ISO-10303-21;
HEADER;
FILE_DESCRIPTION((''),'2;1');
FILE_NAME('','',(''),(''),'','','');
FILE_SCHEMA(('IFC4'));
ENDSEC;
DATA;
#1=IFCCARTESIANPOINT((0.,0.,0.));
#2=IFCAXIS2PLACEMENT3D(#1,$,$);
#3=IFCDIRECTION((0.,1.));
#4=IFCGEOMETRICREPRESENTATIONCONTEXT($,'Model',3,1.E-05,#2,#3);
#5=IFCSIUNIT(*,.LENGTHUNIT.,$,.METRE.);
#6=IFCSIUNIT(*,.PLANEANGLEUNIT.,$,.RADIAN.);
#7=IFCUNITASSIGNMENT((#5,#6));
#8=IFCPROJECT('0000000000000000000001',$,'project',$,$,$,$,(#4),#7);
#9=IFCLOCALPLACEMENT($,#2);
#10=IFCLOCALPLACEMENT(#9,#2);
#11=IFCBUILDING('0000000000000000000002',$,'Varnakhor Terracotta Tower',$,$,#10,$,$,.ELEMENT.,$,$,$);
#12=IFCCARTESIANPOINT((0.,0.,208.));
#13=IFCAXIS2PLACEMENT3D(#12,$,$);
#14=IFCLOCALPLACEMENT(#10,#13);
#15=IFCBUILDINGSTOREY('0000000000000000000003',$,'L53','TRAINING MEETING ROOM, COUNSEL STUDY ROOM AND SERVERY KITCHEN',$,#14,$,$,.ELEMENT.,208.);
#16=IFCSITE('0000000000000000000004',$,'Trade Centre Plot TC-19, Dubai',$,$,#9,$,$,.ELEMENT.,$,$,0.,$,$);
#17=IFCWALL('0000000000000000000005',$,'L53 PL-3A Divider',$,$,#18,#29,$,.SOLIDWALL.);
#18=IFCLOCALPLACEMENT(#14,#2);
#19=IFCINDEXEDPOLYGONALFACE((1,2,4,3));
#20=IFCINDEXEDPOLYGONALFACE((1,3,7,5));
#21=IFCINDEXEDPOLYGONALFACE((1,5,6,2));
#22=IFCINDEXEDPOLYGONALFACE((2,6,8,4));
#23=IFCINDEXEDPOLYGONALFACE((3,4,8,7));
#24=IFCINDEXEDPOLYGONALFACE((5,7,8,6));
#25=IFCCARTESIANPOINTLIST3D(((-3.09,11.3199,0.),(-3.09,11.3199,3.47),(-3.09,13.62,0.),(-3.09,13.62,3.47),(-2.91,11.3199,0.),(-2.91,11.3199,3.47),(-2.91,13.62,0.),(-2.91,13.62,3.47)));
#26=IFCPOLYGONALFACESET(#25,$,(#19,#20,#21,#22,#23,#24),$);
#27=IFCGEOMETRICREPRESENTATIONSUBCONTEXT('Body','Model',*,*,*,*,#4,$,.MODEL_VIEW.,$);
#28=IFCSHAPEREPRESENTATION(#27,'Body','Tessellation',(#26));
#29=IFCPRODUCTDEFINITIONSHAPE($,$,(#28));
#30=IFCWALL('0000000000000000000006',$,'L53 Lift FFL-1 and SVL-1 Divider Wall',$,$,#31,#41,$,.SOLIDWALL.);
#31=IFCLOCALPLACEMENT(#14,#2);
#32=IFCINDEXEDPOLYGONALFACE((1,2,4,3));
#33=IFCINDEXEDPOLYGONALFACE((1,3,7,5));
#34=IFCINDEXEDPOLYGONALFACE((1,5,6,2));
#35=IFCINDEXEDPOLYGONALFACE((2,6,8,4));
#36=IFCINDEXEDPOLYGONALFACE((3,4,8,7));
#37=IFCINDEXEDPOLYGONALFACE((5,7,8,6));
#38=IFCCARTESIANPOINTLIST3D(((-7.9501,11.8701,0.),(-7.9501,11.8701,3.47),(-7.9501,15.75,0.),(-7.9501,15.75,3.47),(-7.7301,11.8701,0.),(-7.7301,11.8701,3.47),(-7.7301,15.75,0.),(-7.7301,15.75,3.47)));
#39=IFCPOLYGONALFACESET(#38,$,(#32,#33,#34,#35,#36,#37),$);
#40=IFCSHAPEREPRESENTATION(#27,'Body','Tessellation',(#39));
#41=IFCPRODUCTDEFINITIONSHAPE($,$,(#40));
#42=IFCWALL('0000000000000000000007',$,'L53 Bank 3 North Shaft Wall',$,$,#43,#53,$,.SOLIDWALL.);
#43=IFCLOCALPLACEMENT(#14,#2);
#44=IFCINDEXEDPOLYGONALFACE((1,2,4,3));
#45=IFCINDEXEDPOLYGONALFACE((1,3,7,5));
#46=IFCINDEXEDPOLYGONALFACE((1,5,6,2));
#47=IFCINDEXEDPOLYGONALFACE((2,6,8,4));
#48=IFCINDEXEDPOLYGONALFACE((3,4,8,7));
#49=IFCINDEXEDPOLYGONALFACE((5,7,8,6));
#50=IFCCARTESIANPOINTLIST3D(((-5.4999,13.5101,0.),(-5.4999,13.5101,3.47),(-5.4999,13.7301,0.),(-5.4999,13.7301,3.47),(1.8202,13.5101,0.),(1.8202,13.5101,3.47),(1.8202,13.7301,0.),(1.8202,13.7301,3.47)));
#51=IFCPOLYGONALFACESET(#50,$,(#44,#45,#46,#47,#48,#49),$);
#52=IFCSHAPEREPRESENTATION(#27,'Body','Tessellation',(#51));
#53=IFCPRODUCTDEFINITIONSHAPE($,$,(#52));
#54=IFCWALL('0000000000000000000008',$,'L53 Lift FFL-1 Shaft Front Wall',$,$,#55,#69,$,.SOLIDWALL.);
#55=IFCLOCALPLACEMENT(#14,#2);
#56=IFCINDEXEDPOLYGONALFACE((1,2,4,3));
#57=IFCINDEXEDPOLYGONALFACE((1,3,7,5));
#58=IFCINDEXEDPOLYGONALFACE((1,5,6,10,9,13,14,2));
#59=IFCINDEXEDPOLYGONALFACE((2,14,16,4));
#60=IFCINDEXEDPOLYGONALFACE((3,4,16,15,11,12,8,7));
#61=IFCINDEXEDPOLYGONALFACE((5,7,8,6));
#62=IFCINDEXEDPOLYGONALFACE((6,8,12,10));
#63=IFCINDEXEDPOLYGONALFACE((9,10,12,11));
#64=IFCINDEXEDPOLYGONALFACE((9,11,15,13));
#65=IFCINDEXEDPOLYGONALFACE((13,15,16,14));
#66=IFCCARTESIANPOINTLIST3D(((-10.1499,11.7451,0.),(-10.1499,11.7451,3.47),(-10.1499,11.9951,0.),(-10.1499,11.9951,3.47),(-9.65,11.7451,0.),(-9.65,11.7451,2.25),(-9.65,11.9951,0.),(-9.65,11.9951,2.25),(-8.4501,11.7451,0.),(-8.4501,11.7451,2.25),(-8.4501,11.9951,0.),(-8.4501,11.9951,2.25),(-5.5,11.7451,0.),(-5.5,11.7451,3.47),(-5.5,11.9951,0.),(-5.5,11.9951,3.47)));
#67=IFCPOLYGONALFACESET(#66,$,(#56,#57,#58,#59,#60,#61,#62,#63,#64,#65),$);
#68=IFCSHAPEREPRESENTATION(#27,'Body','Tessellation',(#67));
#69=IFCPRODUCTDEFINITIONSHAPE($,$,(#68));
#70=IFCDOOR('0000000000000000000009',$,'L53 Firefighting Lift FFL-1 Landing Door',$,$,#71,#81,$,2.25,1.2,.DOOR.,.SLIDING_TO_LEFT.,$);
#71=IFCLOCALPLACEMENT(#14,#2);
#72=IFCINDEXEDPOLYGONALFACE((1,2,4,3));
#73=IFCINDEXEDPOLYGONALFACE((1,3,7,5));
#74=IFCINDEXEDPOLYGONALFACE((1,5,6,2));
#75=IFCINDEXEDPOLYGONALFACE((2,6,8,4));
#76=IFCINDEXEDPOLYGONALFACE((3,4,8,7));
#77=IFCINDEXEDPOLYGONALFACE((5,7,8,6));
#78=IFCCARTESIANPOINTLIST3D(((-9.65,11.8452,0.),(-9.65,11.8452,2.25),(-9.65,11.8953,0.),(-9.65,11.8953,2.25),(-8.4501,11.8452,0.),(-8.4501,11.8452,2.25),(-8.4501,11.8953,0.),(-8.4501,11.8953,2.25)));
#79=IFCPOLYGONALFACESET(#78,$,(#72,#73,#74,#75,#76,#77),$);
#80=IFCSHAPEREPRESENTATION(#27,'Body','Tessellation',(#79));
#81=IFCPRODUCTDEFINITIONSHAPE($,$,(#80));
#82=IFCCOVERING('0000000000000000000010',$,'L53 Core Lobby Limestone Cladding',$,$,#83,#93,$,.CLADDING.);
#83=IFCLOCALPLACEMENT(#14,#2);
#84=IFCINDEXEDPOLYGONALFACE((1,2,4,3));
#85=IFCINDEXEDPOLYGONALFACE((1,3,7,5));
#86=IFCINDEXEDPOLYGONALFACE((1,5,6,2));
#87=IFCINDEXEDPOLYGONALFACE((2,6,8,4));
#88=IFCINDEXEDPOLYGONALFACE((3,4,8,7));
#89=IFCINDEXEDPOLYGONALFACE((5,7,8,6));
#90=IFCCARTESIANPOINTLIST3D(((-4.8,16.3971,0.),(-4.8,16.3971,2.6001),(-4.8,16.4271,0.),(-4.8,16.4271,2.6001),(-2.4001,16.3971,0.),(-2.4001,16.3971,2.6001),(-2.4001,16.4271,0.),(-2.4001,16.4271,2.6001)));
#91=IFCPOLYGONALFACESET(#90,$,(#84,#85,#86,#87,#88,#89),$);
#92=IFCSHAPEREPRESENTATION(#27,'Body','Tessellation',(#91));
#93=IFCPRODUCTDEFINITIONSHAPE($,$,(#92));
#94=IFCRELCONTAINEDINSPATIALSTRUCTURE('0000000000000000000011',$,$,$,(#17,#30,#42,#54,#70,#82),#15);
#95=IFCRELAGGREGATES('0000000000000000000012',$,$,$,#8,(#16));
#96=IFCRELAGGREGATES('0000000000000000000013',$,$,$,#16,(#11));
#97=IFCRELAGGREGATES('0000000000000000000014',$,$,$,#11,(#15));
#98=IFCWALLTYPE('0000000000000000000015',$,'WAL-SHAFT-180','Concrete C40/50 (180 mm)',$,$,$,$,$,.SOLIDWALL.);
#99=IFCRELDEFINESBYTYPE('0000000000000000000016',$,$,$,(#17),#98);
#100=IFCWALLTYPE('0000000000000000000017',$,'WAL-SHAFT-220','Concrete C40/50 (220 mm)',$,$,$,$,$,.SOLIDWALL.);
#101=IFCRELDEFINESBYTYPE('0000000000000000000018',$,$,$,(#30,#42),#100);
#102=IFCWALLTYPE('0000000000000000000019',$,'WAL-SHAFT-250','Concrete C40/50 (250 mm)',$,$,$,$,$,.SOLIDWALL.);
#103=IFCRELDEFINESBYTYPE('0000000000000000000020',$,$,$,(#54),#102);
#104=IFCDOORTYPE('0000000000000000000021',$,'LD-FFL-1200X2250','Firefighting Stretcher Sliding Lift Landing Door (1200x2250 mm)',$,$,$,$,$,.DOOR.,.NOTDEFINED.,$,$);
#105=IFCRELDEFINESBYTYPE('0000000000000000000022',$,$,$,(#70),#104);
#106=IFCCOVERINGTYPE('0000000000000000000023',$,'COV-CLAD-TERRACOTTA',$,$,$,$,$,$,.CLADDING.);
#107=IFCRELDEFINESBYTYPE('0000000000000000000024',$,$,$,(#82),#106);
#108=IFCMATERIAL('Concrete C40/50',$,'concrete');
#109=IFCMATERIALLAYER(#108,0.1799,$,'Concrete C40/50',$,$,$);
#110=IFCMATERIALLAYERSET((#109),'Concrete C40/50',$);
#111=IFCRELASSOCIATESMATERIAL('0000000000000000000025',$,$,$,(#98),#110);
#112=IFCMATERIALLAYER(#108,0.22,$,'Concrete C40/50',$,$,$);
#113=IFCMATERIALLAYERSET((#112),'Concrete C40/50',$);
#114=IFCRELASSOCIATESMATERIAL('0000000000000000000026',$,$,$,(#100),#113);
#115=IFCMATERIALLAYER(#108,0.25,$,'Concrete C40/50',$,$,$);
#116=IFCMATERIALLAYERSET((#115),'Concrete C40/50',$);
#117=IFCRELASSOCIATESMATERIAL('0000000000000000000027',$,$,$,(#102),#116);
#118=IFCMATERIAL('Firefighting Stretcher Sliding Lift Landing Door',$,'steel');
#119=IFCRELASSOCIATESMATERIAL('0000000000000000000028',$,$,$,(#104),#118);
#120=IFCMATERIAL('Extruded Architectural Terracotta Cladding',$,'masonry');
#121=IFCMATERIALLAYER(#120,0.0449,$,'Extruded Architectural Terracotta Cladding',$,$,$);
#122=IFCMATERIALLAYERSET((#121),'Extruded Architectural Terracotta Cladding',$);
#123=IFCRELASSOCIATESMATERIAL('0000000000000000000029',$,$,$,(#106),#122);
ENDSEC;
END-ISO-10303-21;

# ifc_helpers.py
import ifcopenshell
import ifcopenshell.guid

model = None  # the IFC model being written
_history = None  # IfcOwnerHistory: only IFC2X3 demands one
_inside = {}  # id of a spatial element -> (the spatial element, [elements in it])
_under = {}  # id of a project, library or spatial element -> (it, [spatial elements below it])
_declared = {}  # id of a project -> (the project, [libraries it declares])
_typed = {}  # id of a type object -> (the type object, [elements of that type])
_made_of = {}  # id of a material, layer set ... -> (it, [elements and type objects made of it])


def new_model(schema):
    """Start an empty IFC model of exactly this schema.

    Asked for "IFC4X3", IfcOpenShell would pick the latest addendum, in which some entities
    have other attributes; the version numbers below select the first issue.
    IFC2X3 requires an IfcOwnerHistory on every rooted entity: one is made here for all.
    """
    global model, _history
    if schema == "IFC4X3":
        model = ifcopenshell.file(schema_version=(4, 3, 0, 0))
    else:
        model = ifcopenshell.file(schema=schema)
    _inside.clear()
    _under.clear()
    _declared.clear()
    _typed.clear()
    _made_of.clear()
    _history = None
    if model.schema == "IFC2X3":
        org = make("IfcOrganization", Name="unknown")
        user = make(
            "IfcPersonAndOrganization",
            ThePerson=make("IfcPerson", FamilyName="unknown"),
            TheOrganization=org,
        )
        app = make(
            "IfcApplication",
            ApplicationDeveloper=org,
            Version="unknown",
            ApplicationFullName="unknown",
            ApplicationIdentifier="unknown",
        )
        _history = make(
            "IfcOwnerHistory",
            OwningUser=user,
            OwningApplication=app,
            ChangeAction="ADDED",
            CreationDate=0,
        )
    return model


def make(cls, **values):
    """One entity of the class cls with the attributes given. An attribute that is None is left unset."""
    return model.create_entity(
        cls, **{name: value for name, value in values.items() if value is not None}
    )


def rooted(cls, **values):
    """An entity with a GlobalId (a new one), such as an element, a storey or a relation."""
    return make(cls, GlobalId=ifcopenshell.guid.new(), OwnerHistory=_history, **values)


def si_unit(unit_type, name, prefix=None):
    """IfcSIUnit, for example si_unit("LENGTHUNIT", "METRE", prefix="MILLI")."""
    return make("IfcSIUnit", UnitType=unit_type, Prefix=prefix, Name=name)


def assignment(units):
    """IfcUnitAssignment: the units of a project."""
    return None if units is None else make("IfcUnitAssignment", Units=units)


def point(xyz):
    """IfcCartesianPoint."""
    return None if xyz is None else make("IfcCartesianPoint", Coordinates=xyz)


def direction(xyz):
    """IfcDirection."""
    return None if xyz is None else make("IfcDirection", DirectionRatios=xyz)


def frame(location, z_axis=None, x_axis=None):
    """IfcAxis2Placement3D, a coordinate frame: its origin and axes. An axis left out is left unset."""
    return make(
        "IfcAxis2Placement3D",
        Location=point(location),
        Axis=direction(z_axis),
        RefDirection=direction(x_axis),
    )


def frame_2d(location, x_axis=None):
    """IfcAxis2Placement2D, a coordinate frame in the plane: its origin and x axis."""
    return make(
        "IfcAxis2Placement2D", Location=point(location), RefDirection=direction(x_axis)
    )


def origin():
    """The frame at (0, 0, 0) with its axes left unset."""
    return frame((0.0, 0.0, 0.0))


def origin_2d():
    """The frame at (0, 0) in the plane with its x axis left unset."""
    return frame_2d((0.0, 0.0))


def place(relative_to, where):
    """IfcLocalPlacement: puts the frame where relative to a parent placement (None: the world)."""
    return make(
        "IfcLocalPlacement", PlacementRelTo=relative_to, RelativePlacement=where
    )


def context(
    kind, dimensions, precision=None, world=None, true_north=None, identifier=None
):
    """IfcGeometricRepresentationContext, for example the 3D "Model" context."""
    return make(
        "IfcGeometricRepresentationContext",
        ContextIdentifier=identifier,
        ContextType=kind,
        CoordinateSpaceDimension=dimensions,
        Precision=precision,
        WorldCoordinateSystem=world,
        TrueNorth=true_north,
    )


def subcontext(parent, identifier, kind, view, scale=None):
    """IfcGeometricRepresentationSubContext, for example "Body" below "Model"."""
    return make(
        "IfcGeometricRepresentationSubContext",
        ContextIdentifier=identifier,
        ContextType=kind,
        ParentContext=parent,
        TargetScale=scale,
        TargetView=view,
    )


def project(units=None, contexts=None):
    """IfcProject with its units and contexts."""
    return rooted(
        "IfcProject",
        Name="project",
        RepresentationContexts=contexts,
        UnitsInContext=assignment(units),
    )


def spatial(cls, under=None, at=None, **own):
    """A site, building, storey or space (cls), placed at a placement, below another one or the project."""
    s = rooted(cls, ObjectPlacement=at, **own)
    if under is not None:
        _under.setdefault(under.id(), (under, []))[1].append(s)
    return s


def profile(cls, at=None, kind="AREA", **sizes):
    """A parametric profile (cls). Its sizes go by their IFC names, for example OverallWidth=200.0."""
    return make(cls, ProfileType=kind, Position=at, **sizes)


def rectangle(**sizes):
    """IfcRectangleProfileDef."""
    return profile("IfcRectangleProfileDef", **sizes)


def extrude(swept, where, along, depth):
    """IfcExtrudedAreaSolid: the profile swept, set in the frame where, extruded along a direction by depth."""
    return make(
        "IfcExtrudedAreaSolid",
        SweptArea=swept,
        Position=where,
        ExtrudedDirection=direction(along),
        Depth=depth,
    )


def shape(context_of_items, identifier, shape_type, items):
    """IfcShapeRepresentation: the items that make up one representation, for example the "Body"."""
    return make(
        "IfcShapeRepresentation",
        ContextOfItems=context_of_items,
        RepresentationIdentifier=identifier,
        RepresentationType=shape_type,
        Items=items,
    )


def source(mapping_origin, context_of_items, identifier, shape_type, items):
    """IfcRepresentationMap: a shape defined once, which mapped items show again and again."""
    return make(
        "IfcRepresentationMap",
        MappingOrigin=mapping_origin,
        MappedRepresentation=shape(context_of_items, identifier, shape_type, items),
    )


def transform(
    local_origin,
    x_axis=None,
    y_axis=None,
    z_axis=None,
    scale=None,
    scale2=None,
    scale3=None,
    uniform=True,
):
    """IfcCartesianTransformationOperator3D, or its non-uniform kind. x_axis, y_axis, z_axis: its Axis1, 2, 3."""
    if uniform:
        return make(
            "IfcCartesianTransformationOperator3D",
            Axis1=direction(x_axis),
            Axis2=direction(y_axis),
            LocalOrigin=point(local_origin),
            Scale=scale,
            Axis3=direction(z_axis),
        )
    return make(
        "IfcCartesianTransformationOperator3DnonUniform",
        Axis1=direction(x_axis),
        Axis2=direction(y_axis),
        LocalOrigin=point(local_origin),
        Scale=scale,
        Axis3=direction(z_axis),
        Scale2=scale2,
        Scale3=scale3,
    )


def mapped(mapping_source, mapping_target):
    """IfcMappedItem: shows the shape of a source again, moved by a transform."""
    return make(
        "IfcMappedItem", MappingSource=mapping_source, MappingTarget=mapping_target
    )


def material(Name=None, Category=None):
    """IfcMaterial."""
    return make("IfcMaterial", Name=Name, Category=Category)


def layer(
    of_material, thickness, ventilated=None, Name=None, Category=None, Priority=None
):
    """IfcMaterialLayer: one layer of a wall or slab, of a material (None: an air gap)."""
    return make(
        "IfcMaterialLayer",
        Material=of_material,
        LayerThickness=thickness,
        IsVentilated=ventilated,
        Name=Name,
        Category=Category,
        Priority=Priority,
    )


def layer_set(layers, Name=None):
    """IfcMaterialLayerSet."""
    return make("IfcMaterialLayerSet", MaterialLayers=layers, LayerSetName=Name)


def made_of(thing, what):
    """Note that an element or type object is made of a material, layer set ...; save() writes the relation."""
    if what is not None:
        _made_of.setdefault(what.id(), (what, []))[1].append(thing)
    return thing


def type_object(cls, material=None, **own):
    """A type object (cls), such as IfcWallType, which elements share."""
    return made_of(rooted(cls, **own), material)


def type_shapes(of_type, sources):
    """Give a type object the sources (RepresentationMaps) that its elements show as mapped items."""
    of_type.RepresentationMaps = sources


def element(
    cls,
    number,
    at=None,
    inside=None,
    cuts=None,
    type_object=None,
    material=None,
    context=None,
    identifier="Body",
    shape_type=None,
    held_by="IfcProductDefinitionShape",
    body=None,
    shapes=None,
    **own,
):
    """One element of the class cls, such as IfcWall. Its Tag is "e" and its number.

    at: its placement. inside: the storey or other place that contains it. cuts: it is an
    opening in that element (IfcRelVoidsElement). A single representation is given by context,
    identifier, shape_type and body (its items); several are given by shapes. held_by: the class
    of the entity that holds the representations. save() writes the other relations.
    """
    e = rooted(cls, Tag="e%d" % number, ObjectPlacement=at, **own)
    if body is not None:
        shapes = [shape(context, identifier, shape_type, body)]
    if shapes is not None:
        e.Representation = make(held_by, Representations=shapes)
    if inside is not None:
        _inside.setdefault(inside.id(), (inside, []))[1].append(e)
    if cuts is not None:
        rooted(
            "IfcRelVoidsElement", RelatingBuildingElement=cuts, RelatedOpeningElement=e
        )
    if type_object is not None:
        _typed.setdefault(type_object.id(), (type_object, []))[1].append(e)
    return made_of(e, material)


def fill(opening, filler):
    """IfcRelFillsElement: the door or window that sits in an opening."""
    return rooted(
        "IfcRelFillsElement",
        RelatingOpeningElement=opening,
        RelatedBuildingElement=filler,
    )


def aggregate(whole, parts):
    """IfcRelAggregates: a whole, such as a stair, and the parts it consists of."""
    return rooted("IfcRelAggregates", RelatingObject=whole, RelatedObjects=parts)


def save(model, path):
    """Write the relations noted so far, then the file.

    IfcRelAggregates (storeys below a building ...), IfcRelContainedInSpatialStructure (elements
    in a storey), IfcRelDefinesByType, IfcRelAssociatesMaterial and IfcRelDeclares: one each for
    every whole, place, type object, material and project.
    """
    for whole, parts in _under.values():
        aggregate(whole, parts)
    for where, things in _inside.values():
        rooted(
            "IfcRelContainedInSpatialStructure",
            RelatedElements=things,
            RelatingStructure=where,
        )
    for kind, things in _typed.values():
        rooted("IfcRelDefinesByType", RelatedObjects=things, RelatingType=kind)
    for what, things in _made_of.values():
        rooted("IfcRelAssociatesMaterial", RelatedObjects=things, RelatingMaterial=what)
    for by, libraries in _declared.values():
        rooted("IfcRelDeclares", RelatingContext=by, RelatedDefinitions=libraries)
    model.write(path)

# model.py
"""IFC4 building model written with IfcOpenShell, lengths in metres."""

from ifc_helpers import new_model, si_unit, direction, frame, frame_2d, origin, origin_2d, place, context, subcontext, project, spatial, rectangle, extrude, source, transform, mapped, material, layer, layer_set, type_object, type_shapes, element, fill, save


model = new_model("IFC4")

# Units and contexts
model_context = context("Model", 3, precision=1e-05, world=origin(), true_north=direction((0.0, 1.0)))
body_context = subcontext(model_context, "Body", "Model", "MODEL_VIEW")
ifc_project = project(units=[si_unit("LENGTHUNIT", "METRE"), si_unit("PLANEANGLEUNIT", "RADIAN")], contexts=[model_context])

# Site, building, storey
site_placement = place(None, origin())
site = spatial("IfcSite", under=ifc_project, at=site_placement, Name="Trade Centre Plot TC-19, Dubai", CompositionType="ELEMENT", RefElevation=0.0)
building_placement = place(site_placement, origin())
building = spatial("IfcBuilding", under=site, at=building_placement, Name="Varnakhor Terracotta Tower", CompositionType="ELEMENT")
storey_placement = place(building_placement, frame((0.0, 0.0, 208.0)))
storey = spatial("IfcBuildingStorey", under=building, at=storey_placement, Name="L53", Description="TRAINING MEETING ROOM, COUNSEL STUDY ROOM AND SERVERY KITCHEN", CompositionType="ELEMENT", Elevation=208.0)

# Walls
ifc_material_1 = material(Name="Concrete C40/50", Category="concrete")
ifc_layer_1 = layer(ifc_material_1, 0.1799, Name="Concrete C40/50")
ifc_layer_set_1 = layer_set([ifc_layer_1], Name="Concrete C40/50")
wall_type_1 = type_object("IfcWallType", Name="WAL-SHAFT-180", Description="Concrete C40/50 (180 mm)", PredefinedType="SOLIDWALL", material=ifc_layer_set_1)
wall_1_placement = place(storey_placement, frame((-3.0, 11.3201, 0.0), z_axis=(0.0, 0.0, 1.0), x_axis=(0.0, 1.0, 0.0)))
element("IfcWall", 1, at=wall_1_placement, inside=storey, type_object=wall_type_1, Name="L53 PL-3A Divider", PredefinedType="SOLIDWALL", context=body_context, shape_type="SweptSolid", body=[
    extrude(rectangle(XDim=2.3, YDim=0.1799, at=frame_2d((1.1499, 0.0))), origin(), (0.0, 0.0, 1.0), 3.47),
])
ifc_layer_2 = layer(ifc_material_1, 0.22, Name="Concrete C40/50")
ifc_layer_set_2 = layer_set([ifc_layer_2], Name="Concrete C40/50")
wall_type_2 = type_object("IfcWallType", Name="WAL-SHAFT-220", Description="Concrete C40/50 (220 mm)", PredefinedType="SOLIDWALL", material=ifc_layer_set_2)
wall_2_placement = place(storey_placement, frame((-7.8401, 11.8701, 0.0), z_axis=(0.0, 0.0, 1.0), x_axis=(0.0, 1.0, 0.0)))
element("IfcWall", 2, at=wall_2_placement, inside=storey, type_object=wall_type_2, Name="L53 Lift FFL-1 and SVL-1 Divider Wall", PredefinedType="SOLIDWALL", context=body_context, shape_type="SweptSolid", body=[
    extrude(rectangle(XDim=3.8799, YDim=0.22, at=frame_2d((1.9399, 0.0))), origin(), (0.0, 0.0, 1.0), 3.47),
])
wall_3_placement = place(storey_placement, frame((-5.5, 13.6201, 0.0), z_axis=(0.0, 0.0, 1.0), x_axis=(1.0, 0.0, 0.0)))
element("IfcWall", 3, at=wall_3_placement, inside=storey, type_object=wall_type_2, Name="L53 Bank 3 North Shaft Wall", PredefinedType="SOLIDWALL", context=body_context, shape_type="SweptSolid", body=[
    extrude(rectangle(XDim=7.3201, YDim=0.22, at=frame_2d((3.6602, 0.0))), origin(), (0.0, 0.0, 1.0), 3.47),
])

# Wall, opening, door
ifc_layer_3 = layer(ifc_material_1, 0.25, Name="Concrete C40/50")
ifc_layer_set_3 = layer_set([ifc_layer_3], Name="Concrete C40/50")
wall_type_3 = type_object("IfcWallType", Name="WAL-SHAFT-250", Description="Concrete C40/50 (250 mm)", PredefinedType="SOLIDWALL", material=ifc_layer_set_3)
wall_4_placement = place(storey_placement, frame((-5.5, 11.8701, 0.0), z_axis=(0.0, 0.0, 1.0), x_axis=(-1.0, 0.0, 0.0)))
wall_4 = element("IfcWall", 4, at=wall_4_placement, inside=storey, type_object=wall_type_3, Name="L53 Lift FFL-1 Shaft Front Wall", PredefinedType="SOLIDWALL", context=body_context, shape_type="SweptSolid", body=[
    extrude(rectangle(XDim=4.6499, YDim=0.25, at=frame_2d((2.325, 0.0))), origin(), (0.0, 0.0, 1.0), 3.47),
])
opening_1_placement = place(wall_4_placement, frame((2.95, 0.0, 0.0)))
opening_1 = element("IfcOpeningElement", 5, at=opening_1_placement, cuts=wall_4, PredefinedType="OPENING", context=body_context, shape_type="SweptSolid", body=[
    extrude(rectangle(XDim=1.2, YDim=2.25, at=frame_2d((0.6001, 1.125))), frame((0.0, 0.135, 0.0), z_axis=(0.0, -1.0, 0.0), x_axis=(1.0, 0.0, 0.0)), (0.0, 0.0, 1.0), 0.27),
])
ifc_material_2 = material(Name="Firefighting Stretcher Sliding Lift Landing Door", Category="steel")
door_type_1 = type_object("IfcDoorType", Name="LD-FFL-1200X2250", Description="Firefighting Stretcher Sliding Lift Landing Door (1200x2250 mm)", OperationType="NOTDEFINED", PredefinedType="DOOR", material=ifc_material_2)
shared_shape_1 = source(origin(), body_context, "Body", "SweptSolid", [
    extrude(rectangle(XDim=1.2, YDim=2.25, at=frame_2d((0.6001, 1.125))), frame((0.0, 0.0249, 0.0), z_axis=(0.0, -1.0, 0.0), x_axis=(1.0, 0.0, 0.0)), (0.0, 0.0, 1.0), 0.05),
])
type_shapes(door_type_1, [shared_shape_1])
door_1_placement = place(opening_1_placement, origin())
door_1 = element("IfcDoor", 6, at=door_1_placement, inside=storey, type_object=door_type_1, Name="L53 Firefighting Lift FFL-1 Landing Door", OperationType="SLIDING_TO_LEFT", OverallHeight=2.25, OverallWidth=1.2, PredefinedType="DOOR", context=body_context, shape_type="MappedRepresentation", body=[
    mapped(shared_shape_1, transform((0.0, 0.0, 0.0), scale=1.0)),
])
fill(opening_1, door_1)

# Covering
ifc_material_3 = material(Name="Extruded Architectural Terracotta Cladding", Category="masonry")
ifc_layer_4 = layer(ifc_material_3, 0.0449, Name="Extruded Architectural Terracotta Cladding")
ifc_layer_set_4 = layer_set([ifc_layer_4], Name="Extruded Architectural Terracotta Cladding")
covering_type = type_object("IfcCoveringType", Name="COV-CLAD-TERRACOTTA", PredefinedType="CLADDING", material=ifc_layer_set_4)
shared_shape_2 = source(origin(), body_context, "Body", "SweptSolid", [
    extrude(rectangle(XDim=2.3999, YDim=0.03, at=origin_2d()), origin(), (0.0, 0.0, 1.0), 2.6001),
])
type_shapes(covering_type, [shared_shape_2])
covering_placement = place(storey_placement, frame((-3.6001, 16.4121, 0.0), z_axis=(0.0, 0.0, 1.0), x_axis=(1.0, 0.0, 0.0)))
element("IfcCovering", 7, at=covering_placement, inside=storey, type_object=covering_type, Name="L53 Core Lobby Limestone Cladding", PredefinedType="CLADDING", context=body_context, shape_type="MappedRepresentation", body=[
    mapped(shared_shape_2, transform((0.0, 0.0, 0.0), scale=1.0)),
])

save(model, "model.ifc")
